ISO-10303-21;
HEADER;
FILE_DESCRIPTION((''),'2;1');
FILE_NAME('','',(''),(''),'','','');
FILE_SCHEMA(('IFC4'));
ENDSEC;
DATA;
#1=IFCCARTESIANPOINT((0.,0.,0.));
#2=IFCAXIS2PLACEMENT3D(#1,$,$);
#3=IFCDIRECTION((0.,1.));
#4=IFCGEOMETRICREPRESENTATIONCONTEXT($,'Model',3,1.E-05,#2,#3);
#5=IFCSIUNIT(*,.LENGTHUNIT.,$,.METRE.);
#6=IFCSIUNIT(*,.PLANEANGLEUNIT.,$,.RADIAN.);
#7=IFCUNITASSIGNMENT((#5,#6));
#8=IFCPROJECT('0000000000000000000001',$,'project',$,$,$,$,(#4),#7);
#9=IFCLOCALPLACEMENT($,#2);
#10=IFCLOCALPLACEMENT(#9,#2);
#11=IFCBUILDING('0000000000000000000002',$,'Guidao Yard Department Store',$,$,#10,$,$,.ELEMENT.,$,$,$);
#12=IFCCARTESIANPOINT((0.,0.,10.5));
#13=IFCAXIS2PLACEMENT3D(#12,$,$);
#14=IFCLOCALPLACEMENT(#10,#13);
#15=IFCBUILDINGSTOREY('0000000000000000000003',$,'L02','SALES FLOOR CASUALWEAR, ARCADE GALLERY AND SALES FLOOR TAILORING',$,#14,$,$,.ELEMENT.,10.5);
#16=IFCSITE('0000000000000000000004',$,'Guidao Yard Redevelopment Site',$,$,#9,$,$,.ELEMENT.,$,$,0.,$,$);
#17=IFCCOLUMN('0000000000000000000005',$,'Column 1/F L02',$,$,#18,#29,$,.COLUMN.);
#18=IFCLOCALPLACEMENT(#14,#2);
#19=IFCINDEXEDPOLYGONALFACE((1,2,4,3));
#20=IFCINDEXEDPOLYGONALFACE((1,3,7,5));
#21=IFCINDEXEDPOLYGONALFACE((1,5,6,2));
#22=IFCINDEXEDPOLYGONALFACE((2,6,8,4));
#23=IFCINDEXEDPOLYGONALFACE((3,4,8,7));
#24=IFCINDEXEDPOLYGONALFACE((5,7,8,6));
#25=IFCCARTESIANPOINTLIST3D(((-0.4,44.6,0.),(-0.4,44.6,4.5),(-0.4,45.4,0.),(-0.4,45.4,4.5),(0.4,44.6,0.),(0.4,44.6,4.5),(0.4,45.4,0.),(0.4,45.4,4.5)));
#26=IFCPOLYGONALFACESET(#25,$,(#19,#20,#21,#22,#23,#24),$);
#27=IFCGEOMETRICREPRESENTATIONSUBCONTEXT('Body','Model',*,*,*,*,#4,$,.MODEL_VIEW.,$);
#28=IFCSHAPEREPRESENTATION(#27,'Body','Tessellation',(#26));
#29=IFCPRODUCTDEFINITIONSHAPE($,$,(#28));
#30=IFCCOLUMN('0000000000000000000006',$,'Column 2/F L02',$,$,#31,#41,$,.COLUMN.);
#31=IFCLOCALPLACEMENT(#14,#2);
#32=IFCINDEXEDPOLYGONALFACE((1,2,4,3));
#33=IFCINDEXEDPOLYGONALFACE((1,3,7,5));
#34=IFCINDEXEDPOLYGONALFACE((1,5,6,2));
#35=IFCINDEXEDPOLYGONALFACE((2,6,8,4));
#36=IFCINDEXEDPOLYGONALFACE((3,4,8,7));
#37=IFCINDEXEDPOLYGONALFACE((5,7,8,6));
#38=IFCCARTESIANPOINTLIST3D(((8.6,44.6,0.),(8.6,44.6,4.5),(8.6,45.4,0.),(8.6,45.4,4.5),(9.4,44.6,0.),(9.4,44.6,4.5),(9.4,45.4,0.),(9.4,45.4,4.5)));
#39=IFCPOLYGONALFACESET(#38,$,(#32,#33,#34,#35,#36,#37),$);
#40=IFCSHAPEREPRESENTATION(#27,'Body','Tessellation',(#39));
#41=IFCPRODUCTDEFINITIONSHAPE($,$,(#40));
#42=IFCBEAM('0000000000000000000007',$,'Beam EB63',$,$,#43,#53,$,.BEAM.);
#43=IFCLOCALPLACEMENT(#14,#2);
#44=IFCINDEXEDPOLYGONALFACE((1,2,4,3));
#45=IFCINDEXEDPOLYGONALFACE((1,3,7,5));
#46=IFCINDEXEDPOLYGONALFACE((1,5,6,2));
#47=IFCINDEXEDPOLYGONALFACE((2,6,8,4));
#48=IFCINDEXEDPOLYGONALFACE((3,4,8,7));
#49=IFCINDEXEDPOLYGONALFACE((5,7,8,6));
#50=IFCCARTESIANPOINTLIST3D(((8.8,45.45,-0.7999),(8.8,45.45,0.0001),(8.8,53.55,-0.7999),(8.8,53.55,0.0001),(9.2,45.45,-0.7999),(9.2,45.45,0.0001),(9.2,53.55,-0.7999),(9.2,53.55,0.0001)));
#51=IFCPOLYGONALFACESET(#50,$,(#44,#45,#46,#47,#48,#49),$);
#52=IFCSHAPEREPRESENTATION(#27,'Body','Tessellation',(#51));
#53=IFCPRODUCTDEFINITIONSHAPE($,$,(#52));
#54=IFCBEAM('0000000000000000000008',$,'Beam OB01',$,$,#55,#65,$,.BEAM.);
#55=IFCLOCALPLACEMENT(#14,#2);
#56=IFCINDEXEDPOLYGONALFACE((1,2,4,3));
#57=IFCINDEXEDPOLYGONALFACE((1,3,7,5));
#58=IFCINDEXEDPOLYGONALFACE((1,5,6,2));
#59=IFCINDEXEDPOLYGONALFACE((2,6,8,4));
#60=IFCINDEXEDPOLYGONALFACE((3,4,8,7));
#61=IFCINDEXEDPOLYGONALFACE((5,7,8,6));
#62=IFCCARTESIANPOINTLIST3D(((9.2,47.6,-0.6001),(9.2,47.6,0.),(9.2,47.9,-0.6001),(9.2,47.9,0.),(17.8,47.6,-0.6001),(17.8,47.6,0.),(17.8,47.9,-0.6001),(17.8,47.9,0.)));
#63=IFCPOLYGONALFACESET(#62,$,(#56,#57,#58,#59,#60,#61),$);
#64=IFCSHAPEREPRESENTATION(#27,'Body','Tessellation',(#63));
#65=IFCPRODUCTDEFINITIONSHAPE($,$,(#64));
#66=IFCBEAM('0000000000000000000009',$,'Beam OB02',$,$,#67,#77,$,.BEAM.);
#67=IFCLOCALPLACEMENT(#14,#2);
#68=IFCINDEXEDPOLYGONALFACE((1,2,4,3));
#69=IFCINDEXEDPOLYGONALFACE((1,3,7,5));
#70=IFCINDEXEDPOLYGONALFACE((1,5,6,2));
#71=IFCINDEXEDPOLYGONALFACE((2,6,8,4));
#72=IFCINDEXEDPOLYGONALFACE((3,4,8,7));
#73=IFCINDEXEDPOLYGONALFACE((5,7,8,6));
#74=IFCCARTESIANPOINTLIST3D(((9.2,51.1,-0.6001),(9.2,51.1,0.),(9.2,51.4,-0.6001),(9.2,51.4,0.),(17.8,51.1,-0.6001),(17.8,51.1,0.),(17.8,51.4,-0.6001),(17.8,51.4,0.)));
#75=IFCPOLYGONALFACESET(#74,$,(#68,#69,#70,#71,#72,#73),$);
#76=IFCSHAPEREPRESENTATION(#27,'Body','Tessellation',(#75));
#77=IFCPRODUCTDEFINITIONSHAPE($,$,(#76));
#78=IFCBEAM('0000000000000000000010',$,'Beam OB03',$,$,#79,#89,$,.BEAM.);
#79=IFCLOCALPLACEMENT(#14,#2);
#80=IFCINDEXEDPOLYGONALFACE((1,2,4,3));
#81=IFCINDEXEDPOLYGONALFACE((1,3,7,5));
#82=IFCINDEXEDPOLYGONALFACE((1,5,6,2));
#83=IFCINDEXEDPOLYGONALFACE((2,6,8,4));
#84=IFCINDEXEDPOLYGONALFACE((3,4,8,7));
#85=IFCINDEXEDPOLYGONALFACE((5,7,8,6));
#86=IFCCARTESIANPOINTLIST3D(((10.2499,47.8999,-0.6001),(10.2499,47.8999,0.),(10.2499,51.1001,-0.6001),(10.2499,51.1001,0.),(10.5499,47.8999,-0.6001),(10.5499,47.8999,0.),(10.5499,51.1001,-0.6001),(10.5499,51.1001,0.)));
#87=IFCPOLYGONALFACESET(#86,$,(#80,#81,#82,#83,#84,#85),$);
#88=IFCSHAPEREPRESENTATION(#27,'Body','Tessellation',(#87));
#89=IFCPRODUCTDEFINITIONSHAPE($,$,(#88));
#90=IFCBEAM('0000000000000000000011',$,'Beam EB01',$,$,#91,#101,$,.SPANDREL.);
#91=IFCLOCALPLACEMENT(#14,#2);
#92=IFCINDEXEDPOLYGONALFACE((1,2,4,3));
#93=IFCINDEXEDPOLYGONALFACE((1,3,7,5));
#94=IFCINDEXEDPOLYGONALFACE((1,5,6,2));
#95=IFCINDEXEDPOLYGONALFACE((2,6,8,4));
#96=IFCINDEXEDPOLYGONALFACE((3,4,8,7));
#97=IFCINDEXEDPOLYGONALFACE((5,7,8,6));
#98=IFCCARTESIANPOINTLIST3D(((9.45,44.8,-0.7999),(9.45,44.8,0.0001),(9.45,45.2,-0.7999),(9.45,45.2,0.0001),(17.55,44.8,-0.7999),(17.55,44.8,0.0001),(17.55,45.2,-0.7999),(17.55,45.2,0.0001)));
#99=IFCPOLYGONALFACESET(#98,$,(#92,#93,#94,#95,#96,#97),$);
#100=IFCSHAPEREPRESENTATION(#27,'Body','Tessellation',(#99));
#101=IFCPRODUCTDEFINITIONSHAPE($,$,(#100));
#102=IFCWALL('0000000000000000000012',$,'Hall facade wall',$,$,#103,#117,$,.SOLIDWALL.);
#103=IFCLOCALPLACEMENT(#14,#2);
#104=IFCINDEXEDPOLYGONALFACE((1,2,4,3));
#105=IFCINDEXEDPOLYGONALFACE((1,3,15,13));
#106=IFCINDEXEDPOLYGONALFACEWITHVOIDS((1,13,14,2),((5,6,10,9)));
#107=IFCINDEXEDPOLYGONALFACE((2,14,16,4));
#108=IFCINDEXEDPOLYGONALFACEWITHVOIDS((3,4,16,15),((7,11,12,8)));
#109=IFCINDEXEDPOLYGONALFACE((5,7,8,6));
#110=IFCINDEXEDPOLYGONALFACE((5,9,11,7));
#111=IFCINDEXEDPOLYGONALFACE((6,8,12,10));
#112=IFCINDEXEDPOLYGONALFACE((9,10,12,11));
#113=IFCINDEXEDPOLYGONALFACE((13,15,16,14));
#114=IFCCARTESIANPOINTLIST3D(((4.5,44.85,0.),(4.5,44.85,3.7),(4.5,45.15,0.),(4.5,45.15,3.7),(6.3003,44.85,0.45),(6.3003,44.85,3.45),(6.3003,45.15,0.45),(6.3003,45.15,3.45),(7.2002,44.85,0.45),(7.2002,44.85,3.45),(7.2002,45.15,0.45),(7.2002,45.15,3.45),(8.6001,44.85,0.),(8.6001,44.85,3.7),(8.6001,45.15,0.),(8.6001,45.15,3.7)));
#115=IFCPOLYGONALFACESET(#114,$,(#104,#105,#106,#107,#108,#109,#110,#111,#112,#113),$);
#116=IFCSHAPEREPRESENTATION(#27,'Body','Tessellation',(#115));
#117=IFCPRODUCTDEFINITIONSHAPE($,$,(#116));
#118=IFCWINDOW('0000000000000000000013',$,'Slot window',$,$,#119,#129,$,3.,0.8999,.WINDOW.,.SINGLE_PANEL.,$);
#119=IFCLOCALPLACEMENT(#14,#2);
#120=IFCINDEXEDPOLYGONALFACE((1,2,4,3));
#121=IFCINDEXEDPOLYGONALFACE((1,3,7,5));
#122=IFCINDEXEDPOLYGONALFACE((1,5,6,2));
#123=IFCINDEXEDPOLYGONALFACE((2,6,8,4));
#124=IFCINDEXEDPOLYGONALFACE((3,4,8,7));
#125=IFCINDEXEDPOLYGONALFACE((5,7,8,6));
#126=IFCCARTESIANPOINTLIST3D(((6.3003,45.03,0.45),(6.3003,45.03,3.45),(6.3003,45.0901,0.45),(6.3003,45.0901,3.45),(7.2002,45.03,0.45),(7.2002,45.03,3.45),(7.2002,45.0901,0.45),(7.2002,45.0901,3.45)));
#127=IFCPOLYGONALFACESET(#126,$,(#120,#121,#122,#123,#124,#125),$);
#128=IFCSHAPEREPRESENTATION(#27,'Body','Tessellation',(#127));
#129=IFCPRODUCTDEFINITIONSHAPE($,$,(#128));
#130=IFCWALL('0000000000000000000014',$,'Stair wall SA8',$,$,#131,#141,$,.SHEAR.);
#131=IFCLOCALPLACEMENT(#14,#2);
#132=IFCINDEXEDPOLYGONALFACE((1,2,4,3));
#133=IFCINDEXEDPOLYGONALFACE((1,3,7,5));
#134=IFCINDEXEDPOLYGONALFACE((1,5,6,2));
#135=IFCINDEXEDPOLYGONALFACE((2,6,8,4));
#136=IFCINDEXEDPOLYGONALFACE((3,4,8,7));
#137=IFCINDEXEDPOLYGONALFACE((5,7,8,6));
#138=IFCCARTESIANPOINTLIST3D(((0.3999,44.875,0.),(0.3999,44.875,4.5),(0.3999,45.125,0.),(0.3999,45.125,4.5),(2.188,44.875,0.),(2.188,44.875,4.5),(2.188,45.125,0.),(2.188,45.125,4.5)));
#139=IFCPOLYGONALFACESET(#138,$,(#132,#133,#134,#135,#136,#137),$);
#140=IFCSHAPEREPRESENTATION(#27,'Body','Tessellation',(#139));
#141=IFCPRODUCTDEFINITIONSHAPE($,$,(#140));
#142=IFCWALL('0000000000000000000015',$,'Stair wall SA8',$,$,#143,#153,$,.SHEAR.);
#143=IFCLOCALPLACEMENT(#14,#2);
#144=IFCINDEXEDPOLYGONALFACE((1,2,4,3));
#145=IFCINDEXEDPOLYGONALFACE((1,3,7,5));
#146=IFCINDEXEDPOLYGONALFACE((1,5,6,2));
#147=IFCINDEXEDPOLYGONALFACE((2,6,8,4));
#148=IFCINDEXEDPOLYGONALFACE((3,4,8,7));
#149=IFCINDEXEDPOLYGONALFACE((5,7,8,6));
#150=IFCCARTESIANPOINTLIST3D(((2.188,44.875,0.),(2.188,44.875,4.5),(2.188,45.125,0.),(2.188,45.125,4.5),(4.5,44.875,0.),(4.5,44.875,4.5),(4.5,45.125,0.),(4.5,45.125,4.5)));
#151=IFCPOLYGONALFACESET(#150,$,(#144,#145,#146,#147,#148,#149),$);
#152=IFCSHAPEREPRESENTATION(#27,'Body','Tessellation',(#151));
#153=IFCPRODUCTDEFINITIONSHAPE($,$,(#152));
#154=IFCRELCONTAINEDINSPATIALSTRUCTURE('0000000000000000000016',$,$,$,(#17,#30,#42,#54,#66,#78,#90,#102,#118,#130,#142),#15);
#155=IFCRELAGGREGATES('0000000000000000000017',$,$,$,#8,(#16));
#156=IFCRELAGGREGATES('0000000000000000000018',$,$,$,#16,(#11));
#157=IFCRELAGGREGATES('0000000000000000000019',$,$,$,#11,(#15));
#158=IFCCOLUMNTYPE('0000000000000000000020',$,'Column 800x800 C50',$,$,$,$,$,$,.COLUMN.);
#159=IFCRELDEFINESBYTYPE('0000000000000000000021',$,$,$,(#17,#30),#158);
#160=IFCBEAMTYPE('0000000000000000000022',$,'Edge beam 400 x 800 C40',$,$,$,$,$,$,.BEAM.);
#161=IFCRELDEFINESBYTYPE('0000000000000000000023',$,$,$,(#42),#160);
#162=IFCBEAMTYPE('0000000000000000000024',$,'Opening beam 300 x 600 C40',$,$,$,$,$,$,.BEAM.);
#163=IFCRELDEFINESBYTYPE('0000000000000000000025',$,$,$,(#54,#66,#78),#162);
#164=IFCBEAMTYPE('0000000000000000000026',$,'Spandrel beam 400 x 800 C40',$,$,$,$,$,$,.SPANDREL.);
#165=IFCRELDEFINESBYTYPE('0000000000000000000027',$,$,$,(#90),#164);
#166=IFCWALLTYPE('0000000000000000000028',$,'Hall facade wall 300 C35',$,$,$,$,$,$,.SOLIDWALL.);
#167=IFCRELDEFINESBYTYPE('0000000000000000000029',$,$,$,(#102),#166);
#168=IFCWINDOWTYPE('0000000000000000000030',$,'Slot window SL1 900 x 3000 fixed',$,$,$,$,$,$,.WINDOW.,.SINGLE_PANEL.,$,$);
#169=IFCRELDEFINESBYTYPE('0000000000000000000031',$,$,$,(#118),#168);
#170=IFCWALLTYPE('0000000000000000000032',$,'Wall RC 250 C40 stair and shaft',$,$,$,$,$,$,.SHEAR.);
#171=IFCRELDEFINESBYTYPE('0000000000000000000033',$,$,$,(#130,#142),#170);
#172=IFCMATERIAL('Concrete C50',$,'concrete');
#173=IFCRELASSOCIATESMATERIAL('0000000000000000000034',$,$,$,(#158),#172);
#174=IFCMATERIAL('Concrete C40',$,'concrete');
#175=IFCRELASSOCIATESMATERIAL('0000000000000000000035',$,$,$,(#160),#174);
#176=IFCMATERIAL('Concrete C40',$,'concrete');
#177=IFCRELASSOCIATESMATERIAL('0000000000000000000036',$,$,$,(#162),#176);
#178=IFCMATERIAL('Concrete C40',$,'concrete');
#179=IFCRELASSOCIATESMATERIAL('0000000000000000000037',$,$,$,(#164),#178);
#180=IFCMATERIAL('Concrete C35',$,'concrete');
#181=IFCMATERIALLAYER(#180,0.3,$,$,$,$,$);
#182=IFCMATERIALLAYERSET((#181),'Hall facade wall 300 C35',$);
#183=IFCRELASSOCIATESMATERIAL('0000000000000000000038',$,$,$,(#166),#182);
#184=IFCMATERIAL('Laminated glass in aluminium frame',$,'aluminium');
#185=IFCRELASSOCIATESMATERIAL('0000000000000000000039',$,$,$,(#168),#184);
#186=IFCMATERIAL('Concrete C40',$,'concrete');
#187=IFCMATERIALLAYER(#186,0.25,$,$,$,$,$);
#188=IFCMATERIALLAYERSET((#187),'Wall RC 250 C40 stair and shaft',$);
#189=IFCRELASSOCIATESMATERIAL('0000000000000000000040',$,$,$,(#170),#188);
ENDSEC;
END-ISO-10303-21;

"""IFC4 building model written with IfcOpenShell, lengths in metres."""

from ifc_helpers import new_model, si_unit, direction, frame, frame_2d, origin, origin_2d, place, context, subcontext, project, spatial, rectangle, extrude, material, layer, layer_set, material_profile, profile_set, type_object, element, fill, save


model = new_model("IFC4")

# Units and contexts
model_context = context("Model", 3, precision=1e-05, world=origin(), true_north=direction((0.0, 1.0)))
body_context = subcontext(model_context, "Body", "Model", "MODEL_VIEW")
ifc_project = project(units=[si_unit("LENGTHUNIT", "METRE"), si_unit("PLANEANGLEUNIT", "RADIAN")], contexts=[model_context])

# Site, building, storey
site_placement = place(None, origin())
site = spatial("IfcSite", under=ifc_project, at=site_placement, Name="Guidao Yard Redevelopment Site", CompositionType="ELEMENT", RefElevation=0.0)
building_placement = place(site_placement, origin())
building = spatial("IfcBuilding", under=site, at=building_placement, Name="Guidao Yard Department Store", CompositionType="ELEMENT")
storey_placement = place(building_placement, frame((0.0, 0.0, 10.5)))
storey = spatial("IfcBuildingStorey", under=building, at=storey_placement, Name="L02", Description="SALES FLOOR CASUALWEAR, ARCADE GALLERY AND SALES FLOOR TAILORING", CompositionType="ELEMENT", Elevation=10.5)

# Columns
ifc_material_1 = material(Name="Concrete C50", Category="concrete")
ifc_material_profile_1 = material_profile(ifc_material_1, rectangle(XDim=0.8, YDim=0.8, at=origin_2d()), Name="COL 800x800")
ifc_profile_set_1 = profile_set([ifc_material_profile_1], Name="Concrete C50")
column_type = type_object("IfcColumnType", Name="Column 800x800 C50", PredefinedType="COLUMN", material=ifc_profile_set_1)
for number, where, z_axis, x_axis, name in (
    (1, (0.0, 45.0, 0.0), (0.0, 0.0, 1.0), (1.0, 0.0, 0.0), "Column 1/F L02"),
    (2, (9.0, 45.0, 0.0), (0.0, 0.0, 1.0), (1.0, 0.0, 0.0), "Column 2/F L02"),
):
    element("IfcColumn", number, at=place(storey_placement, frame(where, z_axis=z_axis, x_axis=x_axis)), inside=storey, type_object=column_type, Name=name, PredefinedType="COLUMN", context=body_context, shape_type="SweptSolid", body=[
        extrude(rectangle(XDim=0.8, YDim=0.8, at=origin_2d()), origin(), (0.0, 0.0, 1.0), 4.5),
    ])

# Beams
ifc_material_2 = material(Name="Concrete C40", Category="concrete")
ifc_material_profile_2 = material_profile(ifc_material_2, rectangle(XDim=0.3999, YDim=0.8, at=origin_2d()), Name="Edge beam 400 x 800 C40")
ifc_profile_set_2 = profile_set([ifc_material_profile_2], Name="Concrete C40")
beam_type_1 = type_object("IfcBeamType", Name="Edge beam 400 x 800 C40", PredefinedType="BEAM", material=ifc_profile_set_2)
beam_1_placement = place(storey_placement, frame((9.0, 45.45, -0.3999), z_axis=(0.0, 1.0, 0.0), x_axis=(-1.0, 0.0, 0.0)))
element("IfcBeam", 3, at=beam_1_placement, inside=storey, type_object=beam_type_1, Name="Beam EB63", PredefinedType="BEAM", context=body_context, shape_type="SweptSolid", body=[
    extrude(rectangle(XDim=0.3999, YDim=0.8, at=origin_2d()), origin(), (0.0, 0.0, 1.0), 8.1001),
])
ifc_material_3 = material(Name="Concrete C40", Category="concrete")
ifc_material_profile_3 = material_profile(ifc_material_3, rectangle(XDim=0.3, YDim=0.6001, at=origin_2d()), Name="Opening beam 300 x 600 C40")
ifc_profile_set_3 = profile_set([ifc_material_profile_3], Name="Concrete C40")
beam_type_2 = type_object("IfcBeamType", Name="Opening beam 300 x 600 C40", PredefinedType="BEAM", material=ifc_profile_set_3)
for number, where, z_axis, x_axis, name in (
    (4, (9.2, 47.75, -0.3), (1.0, 0.0, 0.0), (0.0, 1.0, 0.0), "Beam OB01"),
    (5, (9.2, 51.25, -0.3), (1.0, 0.0, 0.0), (0.0, 1.0, 0.0), "Beam OB02"),
):
    element("IfcBeam", number, at=place(storey_placement, frame(where, z_axis=z_axis, x_axis=x_axis)), inside=storey, type_object=beam_type_2, Name=name, PredefinedType="BEAM", context=body_context, shape_type="SweptSolid", body=[
        extrude(rectangle(XDim=0.3, YDim=0.6001, at=origin_2d()), origin(), (0.0, 0.0, 1.0), 8.6001),
    ])
beam_2_placement = place(storey_placement, frame((10.3999, 47.8999, -0.3), z_axis=(0.0, 1.0, 0.0), x_axis=(-1.0, 0.0, 0.0)))
element("IfcBeam", 6, at=beam_2_placement, inside=storey, type_object=beam_type_2, Name="Beam OB03", PredefinedType="BEAM", context=body_context, shape_type="SweptSolid", body=[
    extrude(rectangle(XDim=0.3, YDim=0.6001, at=origin_2d()), origin(), (0.0, 0.0, 1.0), 3.2002),
])
ifc_material_4 = material(Name="Concrete C40", Category="concrete")
ifc_material_profile_4 = material_profile(ifc_material_4, rectangle(XDim=0.3999, YDim=0.8, at=origin_2d()), Name="Spandrel beam 400 x 800 C40")
ifc_profile_set_4 = profile_set([ifc_material_profile_4], Name="Concrete C40")
beam_type_3 = type_object("IfcBeamType", Name="Spandrel beam 400 x 800 C40", PredefinedType="SPANDREL", material=ifc_profile_set_4)
beam_3_placement = place(storey_placement, frame((9.45, 45.0, -0.3999), z_axis=(1.0, 0.0, 0.0), x_axis=(0.0, 1.0, 0.0)))
element("IfcBeam", 7, at=beam_3_placement, inside=storey, type_object=beam_type_3, Name="Beam EB01", PredefinedType="SPANDREL", context=body_context, shape_type="SweptSolid", body=[
    extrude(rectangle(XDim=0.3999, YDim=0.8, at=origin_2d()), origin(), (0.0, 0.0, 1.0), 8.1001),
])

# Wall, opening, window
ifc_material_5 = material(Name="Concrete C35", Category="concrete")
ifc_layer_1 = layer(ifc_material_5, 0.3)
ifc_layer_set_1 = layer_set([ifc_layer_1], Name="Hall facade wall 300 C35")
wall_type_1 = type_object("IfcWallType", Name="Hall facade wall 300 C35", PredefinedType="SOLIDWALL", material=ifc_layer_set_1)
wall_1_placement = place(storey_placement, frame((8.6001, 45.0, 0.0), z_axis=(0.0, 0.0, 1.0), x_axis=(-1.0, 0.0, 0.0)))
wall_1 = element("IfcWall", 8, at=wall_1_placement, inside=storey, type_object=wall_type_1, Name="Hall facade wall", PredefinedType="SOLIDWALL", context=body_context, shape_type="SweptSolid", body=[
    extrude(rectangle(XDim=4.1001, YDim=0.3, at=frame_2d((2.05, 0.0))), origin(), (0.0, 0.0, 1.0), 3.7),
])
opening_1_placement = place(wall_1_placement, frame((1.3999, 0.0, 0.45)))
opening_1 = element("IfcOpeningElement", 9, at=opening_1_placement, cuts=wall_1, PredefinedType="OPENING", context=body_context, shape_type="SweptSolid", body=[
    extrude(rectangle(XDim=0.8999, YDim=3.0, at=frame_2d((0.45, 1.5))), frame((0.0, 0.1599, 0.0), z_axis=(0.0, -1.0, 0.0), x_axis=(1.0, 0.0, 0.0)), (0.0, 0.0, 1.0), 0.3201),
])
ifc_material_6 = material(Name="Laminated glass in aluminium frame", Category="aluminium")
window_type = type_object("IfcWindowType", Name="Slot window SL1 900 x 3000 fixed", PartitioningType="SINGLE_PANEL", PredefinedType="WINDOW", material=ifc_material_6)
window_placement = place(opening_1_placement, origin())
window = element("IfcWindow", 10, at=window_placement, inside=storey, type_object=window_type, Name="Slot window", OverallHeight=3.0, OverallWidth=0.8999, PartitioningType="SINGLE_PANEL", PredefinedType="WINDOW", context=body_context, shape_type="SweptSolid", body=[
    extrude(rectangle(XDim=0.8999, YDim=3.0, at=frame_2d((0.45, 1.5))), frame((0.0, -0.03, 0.0), z_axis=(0.0, -1.0, 0.0), x_axis=(1.0, 0.0, 0.0)), (0.0, 0.0, 1.0), 0.0601),
])
fill(opening_1, window)

# Walls
ifc_material_7 = material(Name="Concrete C40", Category="concrete")
ifc_layer_2 = layer(ifc_material_7, 0.25)
ifc_layer_set_2 = layer_set([ifc_layer_2], Name="Wall RC 250 C40 stair and shaft")
wall_type_2 = type_object("IfcWallType", Name="Wall RC 250 C40 stair and shaft", PredefinedType="SHEAR", material=ifc_layer_set_2)
wall_2_placement = place(storey_placement, frame((0.3999, 45.0, 0.0), z_axis=(0.0, 0.0, 1.0), x_axis=(1.0, 0.0, 0.0)))
element("IfcWall", 11, at=wall_2_placement, inside=storey, type_object=wall_type_2, Name="Stair wall SA8", PredefinedType="SHEAR", context=body_context, shape_type="SweptSolid", body=[
    extrude(rectangle(XDim=1.7881, YDim=0.25, at=frame_2d((0.894, 0.0))), origin(), (0.0, 0.0, 1.0), 4.5),
])
wall_3_placement = place(storey_placement, frame((2.188, 45.0, 0.0), z_axis=(0.0, 0.0, 1.0), x_axis=(1.0, 0.0, 0.0)))
element("IfcWall", 12, at=wall_3_placement, inside=storey, type_object=wall_type_2, Name="Stair wall SA8", PredefinedType="SHEAR", context=body_context, shape_type="SweptSolid", body=[
    extrude(rectangle(XDim=2.312, YDim=0.25, at=frame_2d((1.156, 0.0))), origin(), (0.0, 0.0, 1.0), 4.5),
])

save(model, "model.ifc")
